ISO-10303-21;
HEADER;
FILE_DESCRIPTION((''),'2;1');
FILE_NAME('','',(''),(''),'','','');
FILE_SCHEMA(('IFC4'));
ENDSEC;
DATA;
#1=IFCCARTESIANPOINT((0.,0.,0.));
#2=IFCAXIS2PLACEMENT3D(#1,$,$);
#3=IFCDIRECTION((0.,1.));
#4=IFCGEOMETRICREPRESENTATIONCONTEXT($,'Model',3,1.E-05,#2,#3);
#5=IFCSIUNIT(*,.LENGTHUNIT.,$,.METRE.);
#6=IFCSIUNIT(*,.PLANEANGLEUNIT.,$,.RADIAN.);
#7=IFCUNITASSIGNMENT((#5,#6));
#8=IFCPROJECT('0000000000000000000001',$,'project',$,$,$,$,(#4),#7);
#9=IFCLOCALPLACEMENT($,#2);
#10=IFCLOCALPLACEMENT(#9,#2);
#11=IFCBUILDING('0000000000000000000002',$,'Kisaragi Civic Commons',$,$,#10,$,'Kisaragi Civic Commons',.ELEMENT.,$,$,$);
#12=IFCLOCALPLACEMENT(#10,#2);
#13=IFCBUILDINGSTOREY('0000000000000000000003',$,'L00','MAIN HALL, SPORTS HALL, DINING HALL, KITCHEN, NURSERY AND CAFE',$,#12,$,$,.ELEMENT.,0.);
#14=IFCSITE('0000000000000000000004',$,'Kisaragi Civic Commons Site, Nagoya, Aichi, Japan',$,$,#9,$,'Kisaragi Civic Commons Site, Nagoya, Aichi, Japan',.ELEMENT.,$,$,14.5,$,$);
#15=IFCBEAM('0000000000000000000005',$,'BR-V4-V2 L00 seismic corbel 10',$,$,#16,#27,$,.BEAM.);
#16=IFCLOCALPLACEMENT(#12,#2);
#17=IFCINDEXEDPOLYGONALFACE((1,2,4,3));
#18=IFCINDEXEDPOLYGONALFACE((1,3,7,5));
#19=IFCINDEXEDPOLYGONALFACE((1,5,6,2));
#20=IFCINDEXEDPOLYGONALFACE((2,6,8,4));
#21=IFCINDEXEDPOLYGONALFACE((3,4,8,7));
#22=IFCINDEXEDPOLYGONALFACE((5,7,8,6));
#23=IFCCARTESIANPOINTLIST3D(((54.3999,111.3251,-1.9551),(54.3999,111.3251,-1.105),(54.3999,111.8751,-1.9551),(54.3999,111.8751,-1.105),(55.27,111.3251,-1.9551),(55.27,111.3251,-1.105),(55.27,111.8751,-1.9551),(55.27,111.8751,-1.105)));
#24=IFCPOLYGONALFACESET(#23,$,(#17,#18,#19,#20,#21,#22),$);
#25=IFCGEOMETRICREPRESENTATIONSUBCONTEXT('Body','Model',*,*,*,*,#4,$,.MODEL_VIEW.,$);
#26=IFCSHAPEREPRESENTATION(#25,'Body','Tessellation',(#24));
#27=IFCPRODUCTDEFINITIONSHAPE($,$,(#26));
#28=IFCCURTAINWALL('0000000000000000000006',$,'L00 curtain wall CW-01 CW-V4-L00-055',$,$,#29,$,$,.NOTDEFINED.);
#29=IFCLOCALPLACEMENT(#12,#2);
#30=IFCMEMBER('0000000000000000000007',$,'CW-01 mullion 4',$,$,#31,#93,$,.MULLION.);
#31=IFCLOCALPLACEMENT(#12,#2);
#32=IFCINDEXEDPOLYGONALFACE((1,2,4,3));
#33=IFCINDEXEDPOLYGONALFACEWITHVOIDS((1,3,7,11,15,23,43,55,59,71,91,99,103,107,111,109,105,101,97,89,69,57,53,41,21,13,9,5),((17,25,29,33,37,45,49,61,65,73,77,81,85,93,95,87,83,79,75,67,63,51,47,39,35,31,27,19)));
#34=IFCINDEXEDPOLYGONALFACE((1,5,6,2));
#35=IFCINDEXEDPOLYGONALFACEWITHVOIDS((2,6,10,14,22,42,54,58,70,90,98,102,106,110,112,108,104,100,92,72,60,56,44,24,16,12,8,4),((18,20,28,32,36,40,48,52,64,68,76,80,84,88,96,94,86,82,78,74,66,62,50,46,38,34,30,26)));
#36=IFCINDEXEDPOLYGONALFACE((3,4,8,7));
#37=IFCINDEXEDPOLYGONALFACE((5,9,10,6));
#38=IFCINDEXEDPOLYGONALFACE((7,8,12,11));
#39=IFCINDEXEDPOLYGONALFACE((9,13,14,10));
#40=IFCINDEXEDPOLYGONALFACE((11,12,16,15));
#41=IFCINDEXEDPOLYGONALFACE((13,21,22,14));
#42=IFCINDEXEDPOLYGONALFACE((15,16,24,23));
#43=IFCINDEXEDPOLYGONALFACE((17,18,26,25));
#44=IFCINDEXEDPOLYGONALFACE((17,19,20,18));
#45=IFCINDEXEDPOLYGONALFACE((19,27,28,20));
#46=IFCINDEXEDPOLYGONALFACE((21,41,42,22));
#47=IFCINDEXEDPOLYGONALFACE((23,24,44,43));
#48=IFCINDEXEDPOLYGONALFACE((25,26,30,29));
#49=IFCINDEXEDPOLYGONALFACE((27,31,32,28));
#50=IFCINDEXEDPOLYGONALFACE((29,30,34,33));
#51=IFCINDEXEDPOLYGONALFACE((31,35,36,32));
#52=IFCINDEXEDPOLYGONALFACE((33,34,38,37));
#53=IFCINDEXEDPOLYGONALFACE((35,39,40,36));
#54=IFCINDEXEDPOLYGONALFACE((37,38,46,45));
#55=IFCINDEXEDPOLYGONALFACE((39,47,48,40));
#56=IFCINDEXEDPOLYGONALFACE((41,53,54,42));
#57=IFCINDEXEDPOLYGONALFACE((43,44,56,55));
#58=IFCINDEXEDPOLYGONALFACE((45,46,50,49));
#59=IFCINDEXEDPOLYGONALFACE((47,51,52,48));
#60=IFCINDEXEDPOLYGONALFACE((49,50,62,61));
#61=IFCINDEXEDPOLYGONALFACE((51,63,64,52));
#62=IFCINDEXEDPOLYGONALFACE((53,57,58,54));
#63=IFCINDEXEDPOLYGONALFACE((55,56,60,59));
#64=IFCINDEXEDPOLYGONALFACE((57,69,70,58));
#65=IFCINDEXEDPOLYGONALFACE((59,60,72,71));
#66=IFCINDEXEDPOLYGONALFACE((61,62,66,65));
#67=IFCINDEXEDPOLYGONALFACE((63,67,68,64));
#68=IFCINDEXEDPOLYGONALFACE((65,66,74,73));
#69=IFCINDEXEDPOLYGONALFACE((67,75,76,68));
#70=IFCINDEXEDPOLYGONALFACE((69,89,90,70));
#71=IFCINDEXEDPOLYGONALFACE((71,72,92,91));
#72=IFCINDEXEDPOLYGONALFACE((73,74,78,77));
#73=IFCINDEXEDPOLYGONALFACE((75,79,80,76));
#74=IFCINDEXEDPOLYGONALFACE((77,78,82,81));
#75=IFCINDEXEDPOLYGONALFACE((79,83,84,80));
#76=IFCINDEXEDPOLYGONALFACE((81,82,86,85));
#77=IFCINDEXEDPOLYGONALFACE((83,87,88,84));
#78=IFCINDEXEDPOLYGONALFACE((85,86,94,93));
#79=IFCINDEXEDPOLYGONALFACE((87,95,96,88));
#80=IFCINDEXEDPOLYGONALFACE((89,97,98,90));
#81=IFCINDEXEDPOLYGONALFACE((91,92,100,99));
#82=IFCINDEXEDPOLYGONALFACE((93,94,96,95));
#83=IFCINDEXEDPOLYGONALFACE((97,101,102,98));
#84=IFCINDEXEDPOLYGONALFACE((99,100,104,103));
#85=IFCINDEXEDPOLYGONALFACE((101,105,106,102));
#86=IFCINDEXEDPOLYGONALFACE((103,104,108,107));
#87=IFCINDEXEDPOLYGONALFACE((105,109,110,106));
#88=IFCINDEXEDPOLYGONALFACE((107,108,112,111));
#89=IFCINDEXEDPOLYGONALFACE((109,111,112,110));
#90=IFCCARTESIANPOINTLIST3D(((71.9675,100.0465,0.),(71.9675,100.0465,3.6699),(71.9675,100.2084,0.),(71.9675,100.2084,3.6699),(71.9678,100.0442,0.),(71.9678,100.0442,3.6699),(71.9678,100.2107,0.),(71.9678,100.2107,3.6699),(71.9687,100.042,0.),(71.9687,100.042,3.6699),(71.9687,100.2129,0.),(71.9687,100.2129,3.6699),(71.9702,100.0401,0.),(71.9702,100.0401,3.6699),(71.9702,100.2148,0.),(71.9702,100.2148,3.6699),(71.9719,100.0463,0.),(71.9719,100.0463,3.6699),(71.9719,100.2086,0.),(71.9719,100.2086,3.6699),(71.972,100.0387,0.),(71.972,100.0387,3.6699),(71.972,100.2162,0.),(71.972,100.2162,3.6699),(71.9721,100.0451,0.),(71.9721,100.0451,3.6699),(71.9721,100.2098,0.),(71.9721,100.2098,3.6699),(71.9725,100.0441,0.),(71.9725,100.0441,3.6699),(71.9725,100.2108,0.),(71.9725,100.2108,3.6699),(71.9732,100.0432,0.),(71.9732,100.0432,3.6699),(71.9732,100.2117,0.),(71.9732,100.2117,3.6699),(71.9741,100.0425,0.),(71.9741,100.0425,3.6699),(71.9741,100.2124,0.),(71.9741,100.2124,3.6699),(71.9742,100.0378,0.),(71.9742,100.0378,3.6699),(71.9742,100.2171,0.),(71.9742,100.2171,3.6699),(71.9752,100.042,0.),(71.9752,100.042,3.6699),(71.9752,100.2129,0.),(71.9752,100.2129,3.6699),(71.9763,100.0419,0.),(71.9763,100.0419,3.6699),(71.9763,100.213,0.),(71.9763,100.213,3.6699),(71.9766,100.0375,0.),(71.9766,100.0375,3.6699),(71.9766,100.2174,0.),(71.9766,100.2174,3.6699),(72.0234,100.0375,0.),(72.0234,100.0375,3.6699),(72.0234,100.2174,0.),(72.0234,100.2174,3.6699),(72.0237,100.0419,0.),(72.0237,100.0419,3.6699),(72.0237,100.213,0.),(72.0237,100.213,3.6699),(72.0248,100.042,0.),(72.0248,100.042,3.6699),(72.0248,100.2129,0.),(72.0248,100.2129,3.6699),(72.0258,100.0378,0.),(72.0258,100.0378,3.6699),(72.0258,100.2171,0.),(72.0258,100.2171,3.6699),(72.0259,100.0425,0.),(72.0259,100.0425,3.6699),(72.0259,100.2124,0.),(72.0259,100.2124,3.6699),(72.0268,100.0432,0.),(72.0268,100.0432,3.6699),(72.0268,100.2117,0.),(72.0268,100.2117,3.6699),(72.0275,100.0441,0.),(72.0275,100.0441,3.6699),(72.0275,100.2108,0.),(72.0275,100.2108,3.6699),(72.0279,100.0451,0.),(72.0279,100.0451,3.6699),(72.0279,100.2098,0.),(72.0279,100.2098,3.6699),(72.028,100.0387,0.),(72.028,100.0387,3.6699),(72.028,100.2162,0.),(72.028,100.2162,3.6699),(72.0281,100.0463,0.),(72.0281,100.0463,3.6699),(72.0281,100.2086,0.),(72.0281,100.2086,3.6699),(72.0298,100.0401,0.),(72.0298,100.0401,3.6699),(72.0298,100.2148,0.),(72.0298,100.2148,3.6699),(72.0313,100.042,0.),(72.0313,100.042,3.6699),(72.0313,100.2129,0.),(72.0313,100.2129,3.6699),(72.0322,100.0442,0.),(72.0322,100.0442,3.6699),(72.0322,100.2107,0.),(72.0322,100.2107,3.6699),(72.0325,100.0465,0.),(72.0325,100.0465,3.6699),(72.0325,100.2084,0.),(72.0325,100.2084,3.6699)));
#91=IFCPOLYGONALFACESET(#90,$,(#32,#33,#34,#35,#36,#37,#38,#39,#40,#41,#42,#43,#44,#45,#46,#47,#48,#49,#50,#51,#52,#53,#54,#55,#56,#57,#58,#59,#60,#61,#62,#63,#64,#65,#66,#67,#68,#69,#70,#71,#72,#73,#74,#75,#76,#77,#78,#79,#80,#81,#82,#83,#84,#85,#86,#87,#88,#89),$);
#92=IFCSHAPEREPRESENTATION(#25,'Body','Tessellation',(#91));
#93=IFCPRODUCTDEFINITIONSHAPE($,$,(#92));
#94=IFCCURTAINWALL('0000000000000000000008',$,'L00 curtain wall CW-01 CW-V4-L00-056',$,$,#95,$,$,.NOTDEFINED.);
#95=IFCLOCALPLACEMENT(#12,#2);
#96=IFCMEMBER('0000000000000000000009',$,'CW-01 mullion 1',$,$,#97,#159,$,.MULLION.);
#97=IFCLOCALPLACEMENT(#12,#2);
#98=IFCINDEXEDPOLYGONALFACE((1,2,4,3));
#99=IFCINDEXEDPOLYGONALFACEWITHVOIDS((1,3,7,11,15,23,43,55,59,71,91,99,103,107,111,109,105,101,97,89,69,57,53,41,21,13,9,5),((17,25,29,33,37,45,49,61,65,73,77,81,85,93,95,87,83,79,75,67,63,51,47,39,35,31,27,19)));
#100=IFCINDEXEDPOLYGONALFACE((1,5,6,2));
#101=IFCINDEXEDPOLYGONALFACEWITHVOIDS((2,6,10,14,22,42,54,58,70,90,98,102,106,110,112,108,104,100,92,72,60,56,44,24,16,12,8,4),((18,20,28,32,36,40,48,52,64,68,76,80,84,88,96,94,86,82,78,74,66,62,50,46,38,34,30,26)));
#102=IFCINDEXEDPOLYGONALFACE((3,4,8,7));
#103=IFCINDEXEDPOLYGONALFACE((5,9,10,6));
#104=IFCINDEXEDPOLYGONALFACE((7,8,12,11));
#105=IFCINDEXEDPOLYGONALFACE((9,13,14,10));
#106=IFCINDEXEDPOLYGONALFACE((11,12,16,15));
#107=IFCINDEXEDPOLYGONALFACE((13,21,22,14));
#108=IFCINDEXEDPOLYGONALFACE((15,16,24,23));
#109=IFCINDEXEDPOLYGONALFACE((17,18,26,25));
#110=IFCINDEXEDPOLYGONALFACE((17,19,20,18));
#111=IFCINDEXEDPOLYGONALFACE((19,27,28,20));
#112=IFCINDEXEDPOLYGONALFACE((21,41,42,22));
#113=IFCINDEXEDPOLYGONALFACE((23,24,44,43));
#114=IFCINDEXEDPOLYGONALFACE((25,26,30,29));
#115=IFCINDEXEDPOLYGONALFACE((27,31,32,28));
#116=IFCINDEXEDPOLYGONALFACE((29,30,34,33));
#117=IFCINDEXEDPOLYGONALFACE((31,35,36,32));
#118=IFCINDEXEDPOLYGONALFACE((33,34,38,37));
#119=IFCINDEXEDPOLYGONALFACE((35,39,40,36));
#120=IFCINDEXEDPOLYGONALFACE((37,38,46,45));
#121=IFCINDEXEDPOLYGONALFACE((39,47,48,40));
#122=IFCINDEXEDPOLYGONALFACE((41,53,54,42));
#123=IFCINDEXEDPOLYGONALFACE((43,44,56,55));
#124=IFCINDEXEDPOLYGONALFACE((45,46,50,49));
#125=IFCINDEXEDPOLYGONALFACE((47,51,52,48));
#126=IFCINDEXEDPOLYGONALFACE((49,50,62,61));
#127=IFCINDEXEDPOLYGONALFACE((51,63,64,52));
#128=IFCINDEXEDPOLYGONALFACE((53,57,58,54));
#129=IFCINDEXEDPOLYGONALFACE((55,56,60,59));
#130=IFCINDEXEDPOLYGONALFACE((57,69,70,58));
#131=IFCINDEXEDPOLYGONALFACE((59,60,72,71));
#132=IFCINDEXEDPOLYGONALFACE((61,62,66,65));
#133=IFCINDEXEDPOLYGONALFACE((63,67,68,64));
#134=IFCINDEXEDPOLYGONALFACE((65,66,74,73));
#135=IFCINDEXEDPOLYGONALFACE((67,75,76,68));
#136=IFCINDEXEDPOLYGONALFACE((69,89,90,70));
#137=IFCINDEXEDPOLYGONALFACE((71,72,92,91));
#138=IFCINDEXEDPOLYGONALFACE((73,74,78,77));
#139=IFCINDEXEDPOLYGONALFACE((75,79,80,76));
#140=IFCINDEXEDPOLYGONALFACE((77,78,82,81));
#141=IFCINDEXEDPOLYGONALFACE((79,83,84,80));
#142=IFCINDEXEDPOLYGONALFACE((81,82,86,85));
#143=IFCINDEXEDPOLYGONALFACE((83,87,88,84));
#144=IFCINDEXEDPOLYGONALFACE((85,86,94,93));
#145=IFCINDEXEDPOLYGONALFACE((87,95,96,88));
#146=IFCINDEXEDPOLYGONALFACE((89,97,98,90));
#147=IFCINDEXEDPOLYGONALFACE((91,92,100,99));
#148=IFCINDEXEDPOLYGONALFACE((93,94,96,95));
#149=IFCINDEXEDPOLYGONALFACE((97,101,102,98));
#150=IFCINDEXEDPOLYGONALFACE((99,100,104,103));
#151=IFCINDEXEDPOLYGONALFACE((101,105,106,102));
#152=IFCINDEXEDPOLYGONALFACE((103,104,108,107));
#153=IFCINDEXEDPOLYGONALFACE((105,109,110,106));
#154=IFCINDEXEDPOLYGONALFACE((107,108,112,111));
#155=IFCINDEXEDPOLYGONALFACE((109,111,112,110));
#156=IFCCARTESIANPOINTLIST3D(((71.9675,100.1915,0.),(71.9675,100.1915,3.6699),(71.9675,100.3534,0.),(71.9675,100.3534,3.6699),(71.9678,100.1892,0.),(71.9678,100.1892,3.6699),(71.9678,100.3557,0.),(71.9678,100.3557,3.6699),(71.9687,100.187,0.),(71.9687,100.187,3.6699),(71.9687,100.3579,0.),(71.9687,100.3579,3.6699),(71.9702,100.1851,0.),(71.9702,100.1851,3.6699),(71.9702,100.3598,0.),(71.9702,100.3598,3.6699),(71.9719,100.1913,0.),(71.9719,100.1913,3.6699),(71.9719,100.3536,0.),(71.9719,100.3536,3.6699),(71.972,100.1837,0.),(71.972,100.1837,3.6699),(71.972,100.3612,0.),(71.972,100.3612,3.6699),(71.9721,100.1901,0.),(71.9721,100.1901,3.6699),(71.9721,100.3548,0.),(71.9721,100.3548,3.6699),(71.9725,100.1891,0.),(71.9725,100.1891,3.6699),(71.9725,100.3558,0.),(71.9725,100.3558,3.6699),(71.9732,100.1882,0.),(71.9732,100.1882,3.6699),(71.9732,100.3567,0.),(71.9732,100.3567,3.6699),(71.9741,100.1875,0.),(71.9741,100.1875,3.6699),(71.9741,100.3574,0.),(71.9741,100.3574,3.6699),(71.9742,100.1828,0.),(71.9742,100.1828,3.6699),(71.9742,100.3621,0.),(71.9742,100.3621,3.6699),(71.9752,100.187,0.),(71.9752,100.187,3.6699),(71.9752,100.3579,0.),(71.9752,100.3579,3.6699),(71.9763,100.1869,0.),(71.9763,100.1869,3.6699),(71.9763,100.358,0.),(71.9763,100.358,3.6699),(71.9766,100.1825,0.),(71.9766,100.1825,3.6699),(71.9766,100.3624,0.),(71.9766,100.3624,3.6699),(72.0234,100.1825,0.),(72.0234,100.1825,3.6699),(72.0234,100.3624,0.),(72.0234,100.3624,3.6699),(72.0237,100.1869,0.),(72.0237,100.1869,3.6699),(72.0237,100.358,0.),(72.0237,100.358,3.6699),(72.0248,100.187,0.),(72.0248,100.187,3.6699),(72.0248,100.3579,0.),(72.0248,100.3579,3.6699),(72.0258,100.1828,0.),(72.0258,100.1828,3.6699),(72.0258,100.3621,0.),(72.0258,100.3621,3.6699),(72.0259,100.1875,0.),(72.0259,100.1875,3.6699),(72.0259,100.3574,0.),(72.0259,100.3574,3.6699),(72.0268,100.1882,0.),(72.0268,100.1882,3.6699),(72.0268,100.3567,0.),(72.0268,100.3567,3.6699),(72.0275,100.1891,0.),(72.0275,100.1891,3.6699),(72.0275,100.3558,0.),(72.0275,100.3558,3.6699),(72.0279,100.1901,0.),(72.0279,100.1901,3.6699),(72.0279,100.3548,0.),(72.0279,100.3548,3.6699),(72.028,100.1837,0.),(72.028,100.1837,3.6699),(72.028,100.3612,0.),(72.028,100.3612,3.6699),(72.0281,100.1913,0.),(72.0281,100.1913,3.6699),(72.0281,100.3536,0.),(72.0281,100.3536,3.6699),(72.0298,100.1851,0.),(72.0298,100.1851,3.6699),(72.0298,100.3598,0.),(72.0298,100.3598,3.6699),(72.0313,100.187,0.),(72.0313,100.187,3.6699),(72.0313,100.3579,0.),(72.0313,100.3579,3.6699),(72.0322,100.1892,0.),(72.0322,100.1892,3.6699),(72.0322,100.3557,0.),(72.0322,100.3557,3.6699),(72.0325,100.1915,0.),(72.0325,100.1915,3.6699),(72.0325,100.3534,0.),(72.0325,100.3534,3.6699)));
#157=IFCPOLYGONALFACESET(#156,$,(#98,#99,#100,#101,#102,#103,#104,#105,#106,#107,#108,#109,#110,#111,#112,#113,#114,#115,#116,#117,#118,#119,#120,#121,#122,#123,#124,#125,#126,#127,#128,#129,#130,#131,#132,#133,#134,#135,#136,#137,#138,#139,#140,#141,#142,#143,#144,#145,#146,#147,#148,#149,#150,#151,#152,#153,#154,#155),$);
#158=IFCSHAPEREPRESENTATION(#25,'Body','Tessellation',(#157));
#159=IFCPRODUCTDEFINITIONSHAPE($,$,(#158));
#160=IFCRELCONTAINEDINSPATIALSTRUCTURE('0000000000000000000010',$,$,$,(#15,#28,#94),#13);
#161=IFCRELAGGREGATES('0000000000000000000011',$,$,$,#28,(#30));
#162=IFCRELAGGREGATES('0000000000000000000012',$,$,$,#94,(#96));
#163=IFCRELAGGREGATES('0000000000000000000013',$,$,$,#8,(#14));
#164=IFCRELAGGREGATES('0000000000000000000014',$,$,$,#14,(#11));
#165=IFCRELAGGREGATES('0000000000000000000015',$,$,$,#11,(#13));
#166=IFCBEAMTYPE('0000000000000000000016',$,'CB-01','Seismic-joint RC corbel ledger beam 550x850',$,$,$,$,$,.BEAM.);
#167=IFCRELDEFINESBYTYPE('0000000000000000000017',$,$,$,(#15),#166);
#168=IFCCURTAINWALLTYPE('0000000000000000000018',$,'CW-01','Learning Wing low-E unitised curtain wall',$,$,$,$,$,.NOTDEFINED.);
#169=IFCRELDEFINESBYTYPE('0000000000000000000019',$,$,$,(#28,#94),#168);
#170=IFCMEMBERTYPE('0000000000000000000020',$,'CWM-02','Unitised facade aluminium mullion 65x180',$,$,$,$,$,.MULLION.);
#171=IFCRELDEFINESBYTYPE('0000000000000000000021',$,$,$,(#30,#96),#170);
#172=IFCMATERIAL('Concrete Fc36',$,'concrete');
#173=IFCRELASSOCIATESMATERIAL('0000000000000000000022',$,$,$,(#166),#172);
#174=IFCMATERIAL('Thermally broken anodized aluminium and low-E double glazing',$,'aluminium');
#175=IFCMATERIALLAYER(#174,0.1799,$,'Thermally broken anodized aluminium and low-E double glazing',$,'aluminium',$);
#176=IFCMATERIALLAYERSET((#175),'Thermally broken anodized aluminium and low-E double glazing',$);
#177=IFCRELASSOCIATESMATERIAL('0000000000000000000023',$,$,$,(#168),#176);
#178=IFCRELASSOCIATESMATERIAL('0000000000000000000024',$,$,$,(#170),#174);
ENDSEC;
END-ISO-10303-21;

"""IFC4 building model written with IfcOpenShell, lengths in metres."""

from ifc_helpers import new_model, si_unit, direction, frame, origin, origin_2d, place, context, subcontext, project, spatial, rectangle, hollow_rectangle, extrude, material, layer, layer_set, material_profile, profile_set, type_object, element, aggregate, save


model = new_model("IFC4")

# Units and contexts
model_context = context("Model", 3, precision=1e-05, world=origin(), true_north=direction((0.0, 1.0)))
body_context = subcontext(model_context, "Body", "Model", "MODEL_VIEW")
ifc_project = project(units=[si_unit("LENGTHUNIT", "METRE"), si_unit("PLANEANGLEUNIT", "RADIAN")], contexts=[model_context])

# Site, building, storey
site_placement = place(None, origin())
site = spatial("IfcSite", under=ifc_project, at=site_placement, Name="Kisaragi Civic Commons Site, Nagoya, Aichi, Japan", LongName="Kisaragi Civic Commons Site, Nagoya, Aichi, Japan", CompositionType="ELEMENT", RefElevation=14.5)
building_placement = place(site_placement, origin())
building = spatial("IfcBuilding", under=site, at=building_placement, Name="Kisaragi Civic Commons", LongName="Kisaragi Civic Commons", CompositionType="ELEMENT")
storey_placement = place(building_placement, origin())
storey = spatial("IfcBuildingStorey", under=building, at=storey_placement, Name="L00", Description="MAIN HALL, SPORTS HALL, DINING HALL, KITCHEN, NURSERY AND CAFE", CompositionType="ELEMENT", Elevation=0.0)

# Shared definitions
ifc_material_1 = material(Name="Concrete Fc36", Category="concrete")

# Beam
ifc_material_profile_1 = material_profile(ifc_material_1, rectangle(XDim=0.55, YDim=0.8501, at=origin_2d()), Name="RC-550x850", Category="concrete")
ifc_profile_set_1 = profile_set([ifc_material_profile_1], Name="Concrete Fc36")
beam_type_1 = type_object("IfcBeamType", Name="CB-01", Description="Seismic-joint RC corbel ledger beam 550x850", PredefinedType="BEAM", material=ifc_profile_set_1)
beam_1_placement = place(storey_placement, frame((54.3999, 111.6001, -1.53), z_axis=(1.0, 0.0, 0.0), x_axis=(0.0, 1.0, 0.0)))
element("IfcBeam", 1, at=beam_1_placement, inside=storey, type_object=beam_type_1, Name="BR-V4-V2 L00 seismic corbel 10", PredefinedType="BEAM", context=body_context, shape_type="SweptSolid", body=[
    extrude(rectangle(XDim=0.55, YDim=0.8501, at=origin_2d()), origin(), (0.0, 0.0, 1.0), 0.8701),
])

# Curtain wall, member
ifc_material_2 = material(Name="Thermally broken anodized aluminium and low-E double glazing", Category="aluminium")
ifc_layer_1 = layer(ifc_material_2, 0.1799, Name="Thermally broken anodized aluminium and low-E double glazing", Category="aluminium")
ifc_layer_set_1 = layer_set([ifc_layer_1], Name="Thermally broken anodized aluminium and low-E double glazing")
curtain_wall_type = type_object("IfcCurtainWallType", Name="CW-01", Description="Learning Wing low-E unitised curtain wall", PredefinedType="NOTDEFINED", material=ifc_layer_set_1)
curtain_wall_1_placement = place(storey_placement, origin())
curtain_wall_1 = element("IfcCurtainWall", 2, at=curtain_wall_1_placement, inside=storey, type_object=curtain_wall_type, Name="L00 curtain wall CW-01 CW-V4-L00-055", PredefinedType="NOTDEFINED")
ifc_material_profile_2 = material_profile(ifc_material_2, hollow_rectangle(XDim=0.0649, YDim=0.1799, WallThickness=0.0044, InnerFilletRadius=0.0044, OuterFilletRadius=0.009, at=origin_2d()), Name="CWM-65x180x4.5", Category="aluminium")
ifc_profile_set_2 = profile_set([ifc_material_profile_2], Name="Thermally broken anodized aluminium and low-E double glazing")
member_type_1 = type_object("IfcMemberType", Name="CWM-02", Description="Unitised facade aluminium mullion 65x180", PredefinedType="MULLION", material=ifc_profile_set_2)
member_1_placement = place(storey_placement, frame((72.0, 100.1274, 0.0), z_axis=(0.0, 0.0, 1.0), x_axis=(-1.0, 0.0, 0.0)))
member_1 = element("IfcMember", 3, at=member_1_placement, type_object=member_type_1, Name="CW-01 mullion 4", PredefinedType="MULLION", context=body_context, shape_type="SweptSolid", body=[
    extrude(hollow_rectangle(XDim=0.0649, YDim=0.1799, WallThickness=0.0044, InnerFilletRadius=0.0044, OuterFilletRadius=0.009, at=origin_2d()), origin(), (0.0, 0.0, 1.0), 3.6699),
])

# Curtain wall, member
curtain_wall_2_placement = place(storey_placement, origin())
curtain_wall_2 = element("IfcCurtainWall", 4, at=curtain_wall_2_placement, inside=storey, type_object=curtain_wall_type, Name="L00 curtain wall CW-01 CW-V4-L00-056", PredefinedType="NOTDEFINED")
member_2_placement = place(storey_placement, frame((72.0, 100.2725, 0.0), z_axis=(0.0, 0.0, 1.0), x_axis=(-1.0, 0.0, 0.0)))
member_2 = element("IfcMember", 5, at=member_2_placement, type_object=member_type_1, Name="CW-01 mullion 1", PredefinedType="MULLION", context=body_context, shape_type="SweptSolid", body=[
    extrude(hollow_rectangle(XDim=0.0649, YDim=0.1799, WallThickness=0.0044, InnerFilletRadius=0.0044, OuterFilletRadius=0.009, at=origin_2d()), origin(), (0.0, 0.0, 1.0), 3.6699),
])

aggregate(curtain_wall_1, [member_1])
aggregate(curtain_wall_2, [member_2])

save(model, "model.ifc")
